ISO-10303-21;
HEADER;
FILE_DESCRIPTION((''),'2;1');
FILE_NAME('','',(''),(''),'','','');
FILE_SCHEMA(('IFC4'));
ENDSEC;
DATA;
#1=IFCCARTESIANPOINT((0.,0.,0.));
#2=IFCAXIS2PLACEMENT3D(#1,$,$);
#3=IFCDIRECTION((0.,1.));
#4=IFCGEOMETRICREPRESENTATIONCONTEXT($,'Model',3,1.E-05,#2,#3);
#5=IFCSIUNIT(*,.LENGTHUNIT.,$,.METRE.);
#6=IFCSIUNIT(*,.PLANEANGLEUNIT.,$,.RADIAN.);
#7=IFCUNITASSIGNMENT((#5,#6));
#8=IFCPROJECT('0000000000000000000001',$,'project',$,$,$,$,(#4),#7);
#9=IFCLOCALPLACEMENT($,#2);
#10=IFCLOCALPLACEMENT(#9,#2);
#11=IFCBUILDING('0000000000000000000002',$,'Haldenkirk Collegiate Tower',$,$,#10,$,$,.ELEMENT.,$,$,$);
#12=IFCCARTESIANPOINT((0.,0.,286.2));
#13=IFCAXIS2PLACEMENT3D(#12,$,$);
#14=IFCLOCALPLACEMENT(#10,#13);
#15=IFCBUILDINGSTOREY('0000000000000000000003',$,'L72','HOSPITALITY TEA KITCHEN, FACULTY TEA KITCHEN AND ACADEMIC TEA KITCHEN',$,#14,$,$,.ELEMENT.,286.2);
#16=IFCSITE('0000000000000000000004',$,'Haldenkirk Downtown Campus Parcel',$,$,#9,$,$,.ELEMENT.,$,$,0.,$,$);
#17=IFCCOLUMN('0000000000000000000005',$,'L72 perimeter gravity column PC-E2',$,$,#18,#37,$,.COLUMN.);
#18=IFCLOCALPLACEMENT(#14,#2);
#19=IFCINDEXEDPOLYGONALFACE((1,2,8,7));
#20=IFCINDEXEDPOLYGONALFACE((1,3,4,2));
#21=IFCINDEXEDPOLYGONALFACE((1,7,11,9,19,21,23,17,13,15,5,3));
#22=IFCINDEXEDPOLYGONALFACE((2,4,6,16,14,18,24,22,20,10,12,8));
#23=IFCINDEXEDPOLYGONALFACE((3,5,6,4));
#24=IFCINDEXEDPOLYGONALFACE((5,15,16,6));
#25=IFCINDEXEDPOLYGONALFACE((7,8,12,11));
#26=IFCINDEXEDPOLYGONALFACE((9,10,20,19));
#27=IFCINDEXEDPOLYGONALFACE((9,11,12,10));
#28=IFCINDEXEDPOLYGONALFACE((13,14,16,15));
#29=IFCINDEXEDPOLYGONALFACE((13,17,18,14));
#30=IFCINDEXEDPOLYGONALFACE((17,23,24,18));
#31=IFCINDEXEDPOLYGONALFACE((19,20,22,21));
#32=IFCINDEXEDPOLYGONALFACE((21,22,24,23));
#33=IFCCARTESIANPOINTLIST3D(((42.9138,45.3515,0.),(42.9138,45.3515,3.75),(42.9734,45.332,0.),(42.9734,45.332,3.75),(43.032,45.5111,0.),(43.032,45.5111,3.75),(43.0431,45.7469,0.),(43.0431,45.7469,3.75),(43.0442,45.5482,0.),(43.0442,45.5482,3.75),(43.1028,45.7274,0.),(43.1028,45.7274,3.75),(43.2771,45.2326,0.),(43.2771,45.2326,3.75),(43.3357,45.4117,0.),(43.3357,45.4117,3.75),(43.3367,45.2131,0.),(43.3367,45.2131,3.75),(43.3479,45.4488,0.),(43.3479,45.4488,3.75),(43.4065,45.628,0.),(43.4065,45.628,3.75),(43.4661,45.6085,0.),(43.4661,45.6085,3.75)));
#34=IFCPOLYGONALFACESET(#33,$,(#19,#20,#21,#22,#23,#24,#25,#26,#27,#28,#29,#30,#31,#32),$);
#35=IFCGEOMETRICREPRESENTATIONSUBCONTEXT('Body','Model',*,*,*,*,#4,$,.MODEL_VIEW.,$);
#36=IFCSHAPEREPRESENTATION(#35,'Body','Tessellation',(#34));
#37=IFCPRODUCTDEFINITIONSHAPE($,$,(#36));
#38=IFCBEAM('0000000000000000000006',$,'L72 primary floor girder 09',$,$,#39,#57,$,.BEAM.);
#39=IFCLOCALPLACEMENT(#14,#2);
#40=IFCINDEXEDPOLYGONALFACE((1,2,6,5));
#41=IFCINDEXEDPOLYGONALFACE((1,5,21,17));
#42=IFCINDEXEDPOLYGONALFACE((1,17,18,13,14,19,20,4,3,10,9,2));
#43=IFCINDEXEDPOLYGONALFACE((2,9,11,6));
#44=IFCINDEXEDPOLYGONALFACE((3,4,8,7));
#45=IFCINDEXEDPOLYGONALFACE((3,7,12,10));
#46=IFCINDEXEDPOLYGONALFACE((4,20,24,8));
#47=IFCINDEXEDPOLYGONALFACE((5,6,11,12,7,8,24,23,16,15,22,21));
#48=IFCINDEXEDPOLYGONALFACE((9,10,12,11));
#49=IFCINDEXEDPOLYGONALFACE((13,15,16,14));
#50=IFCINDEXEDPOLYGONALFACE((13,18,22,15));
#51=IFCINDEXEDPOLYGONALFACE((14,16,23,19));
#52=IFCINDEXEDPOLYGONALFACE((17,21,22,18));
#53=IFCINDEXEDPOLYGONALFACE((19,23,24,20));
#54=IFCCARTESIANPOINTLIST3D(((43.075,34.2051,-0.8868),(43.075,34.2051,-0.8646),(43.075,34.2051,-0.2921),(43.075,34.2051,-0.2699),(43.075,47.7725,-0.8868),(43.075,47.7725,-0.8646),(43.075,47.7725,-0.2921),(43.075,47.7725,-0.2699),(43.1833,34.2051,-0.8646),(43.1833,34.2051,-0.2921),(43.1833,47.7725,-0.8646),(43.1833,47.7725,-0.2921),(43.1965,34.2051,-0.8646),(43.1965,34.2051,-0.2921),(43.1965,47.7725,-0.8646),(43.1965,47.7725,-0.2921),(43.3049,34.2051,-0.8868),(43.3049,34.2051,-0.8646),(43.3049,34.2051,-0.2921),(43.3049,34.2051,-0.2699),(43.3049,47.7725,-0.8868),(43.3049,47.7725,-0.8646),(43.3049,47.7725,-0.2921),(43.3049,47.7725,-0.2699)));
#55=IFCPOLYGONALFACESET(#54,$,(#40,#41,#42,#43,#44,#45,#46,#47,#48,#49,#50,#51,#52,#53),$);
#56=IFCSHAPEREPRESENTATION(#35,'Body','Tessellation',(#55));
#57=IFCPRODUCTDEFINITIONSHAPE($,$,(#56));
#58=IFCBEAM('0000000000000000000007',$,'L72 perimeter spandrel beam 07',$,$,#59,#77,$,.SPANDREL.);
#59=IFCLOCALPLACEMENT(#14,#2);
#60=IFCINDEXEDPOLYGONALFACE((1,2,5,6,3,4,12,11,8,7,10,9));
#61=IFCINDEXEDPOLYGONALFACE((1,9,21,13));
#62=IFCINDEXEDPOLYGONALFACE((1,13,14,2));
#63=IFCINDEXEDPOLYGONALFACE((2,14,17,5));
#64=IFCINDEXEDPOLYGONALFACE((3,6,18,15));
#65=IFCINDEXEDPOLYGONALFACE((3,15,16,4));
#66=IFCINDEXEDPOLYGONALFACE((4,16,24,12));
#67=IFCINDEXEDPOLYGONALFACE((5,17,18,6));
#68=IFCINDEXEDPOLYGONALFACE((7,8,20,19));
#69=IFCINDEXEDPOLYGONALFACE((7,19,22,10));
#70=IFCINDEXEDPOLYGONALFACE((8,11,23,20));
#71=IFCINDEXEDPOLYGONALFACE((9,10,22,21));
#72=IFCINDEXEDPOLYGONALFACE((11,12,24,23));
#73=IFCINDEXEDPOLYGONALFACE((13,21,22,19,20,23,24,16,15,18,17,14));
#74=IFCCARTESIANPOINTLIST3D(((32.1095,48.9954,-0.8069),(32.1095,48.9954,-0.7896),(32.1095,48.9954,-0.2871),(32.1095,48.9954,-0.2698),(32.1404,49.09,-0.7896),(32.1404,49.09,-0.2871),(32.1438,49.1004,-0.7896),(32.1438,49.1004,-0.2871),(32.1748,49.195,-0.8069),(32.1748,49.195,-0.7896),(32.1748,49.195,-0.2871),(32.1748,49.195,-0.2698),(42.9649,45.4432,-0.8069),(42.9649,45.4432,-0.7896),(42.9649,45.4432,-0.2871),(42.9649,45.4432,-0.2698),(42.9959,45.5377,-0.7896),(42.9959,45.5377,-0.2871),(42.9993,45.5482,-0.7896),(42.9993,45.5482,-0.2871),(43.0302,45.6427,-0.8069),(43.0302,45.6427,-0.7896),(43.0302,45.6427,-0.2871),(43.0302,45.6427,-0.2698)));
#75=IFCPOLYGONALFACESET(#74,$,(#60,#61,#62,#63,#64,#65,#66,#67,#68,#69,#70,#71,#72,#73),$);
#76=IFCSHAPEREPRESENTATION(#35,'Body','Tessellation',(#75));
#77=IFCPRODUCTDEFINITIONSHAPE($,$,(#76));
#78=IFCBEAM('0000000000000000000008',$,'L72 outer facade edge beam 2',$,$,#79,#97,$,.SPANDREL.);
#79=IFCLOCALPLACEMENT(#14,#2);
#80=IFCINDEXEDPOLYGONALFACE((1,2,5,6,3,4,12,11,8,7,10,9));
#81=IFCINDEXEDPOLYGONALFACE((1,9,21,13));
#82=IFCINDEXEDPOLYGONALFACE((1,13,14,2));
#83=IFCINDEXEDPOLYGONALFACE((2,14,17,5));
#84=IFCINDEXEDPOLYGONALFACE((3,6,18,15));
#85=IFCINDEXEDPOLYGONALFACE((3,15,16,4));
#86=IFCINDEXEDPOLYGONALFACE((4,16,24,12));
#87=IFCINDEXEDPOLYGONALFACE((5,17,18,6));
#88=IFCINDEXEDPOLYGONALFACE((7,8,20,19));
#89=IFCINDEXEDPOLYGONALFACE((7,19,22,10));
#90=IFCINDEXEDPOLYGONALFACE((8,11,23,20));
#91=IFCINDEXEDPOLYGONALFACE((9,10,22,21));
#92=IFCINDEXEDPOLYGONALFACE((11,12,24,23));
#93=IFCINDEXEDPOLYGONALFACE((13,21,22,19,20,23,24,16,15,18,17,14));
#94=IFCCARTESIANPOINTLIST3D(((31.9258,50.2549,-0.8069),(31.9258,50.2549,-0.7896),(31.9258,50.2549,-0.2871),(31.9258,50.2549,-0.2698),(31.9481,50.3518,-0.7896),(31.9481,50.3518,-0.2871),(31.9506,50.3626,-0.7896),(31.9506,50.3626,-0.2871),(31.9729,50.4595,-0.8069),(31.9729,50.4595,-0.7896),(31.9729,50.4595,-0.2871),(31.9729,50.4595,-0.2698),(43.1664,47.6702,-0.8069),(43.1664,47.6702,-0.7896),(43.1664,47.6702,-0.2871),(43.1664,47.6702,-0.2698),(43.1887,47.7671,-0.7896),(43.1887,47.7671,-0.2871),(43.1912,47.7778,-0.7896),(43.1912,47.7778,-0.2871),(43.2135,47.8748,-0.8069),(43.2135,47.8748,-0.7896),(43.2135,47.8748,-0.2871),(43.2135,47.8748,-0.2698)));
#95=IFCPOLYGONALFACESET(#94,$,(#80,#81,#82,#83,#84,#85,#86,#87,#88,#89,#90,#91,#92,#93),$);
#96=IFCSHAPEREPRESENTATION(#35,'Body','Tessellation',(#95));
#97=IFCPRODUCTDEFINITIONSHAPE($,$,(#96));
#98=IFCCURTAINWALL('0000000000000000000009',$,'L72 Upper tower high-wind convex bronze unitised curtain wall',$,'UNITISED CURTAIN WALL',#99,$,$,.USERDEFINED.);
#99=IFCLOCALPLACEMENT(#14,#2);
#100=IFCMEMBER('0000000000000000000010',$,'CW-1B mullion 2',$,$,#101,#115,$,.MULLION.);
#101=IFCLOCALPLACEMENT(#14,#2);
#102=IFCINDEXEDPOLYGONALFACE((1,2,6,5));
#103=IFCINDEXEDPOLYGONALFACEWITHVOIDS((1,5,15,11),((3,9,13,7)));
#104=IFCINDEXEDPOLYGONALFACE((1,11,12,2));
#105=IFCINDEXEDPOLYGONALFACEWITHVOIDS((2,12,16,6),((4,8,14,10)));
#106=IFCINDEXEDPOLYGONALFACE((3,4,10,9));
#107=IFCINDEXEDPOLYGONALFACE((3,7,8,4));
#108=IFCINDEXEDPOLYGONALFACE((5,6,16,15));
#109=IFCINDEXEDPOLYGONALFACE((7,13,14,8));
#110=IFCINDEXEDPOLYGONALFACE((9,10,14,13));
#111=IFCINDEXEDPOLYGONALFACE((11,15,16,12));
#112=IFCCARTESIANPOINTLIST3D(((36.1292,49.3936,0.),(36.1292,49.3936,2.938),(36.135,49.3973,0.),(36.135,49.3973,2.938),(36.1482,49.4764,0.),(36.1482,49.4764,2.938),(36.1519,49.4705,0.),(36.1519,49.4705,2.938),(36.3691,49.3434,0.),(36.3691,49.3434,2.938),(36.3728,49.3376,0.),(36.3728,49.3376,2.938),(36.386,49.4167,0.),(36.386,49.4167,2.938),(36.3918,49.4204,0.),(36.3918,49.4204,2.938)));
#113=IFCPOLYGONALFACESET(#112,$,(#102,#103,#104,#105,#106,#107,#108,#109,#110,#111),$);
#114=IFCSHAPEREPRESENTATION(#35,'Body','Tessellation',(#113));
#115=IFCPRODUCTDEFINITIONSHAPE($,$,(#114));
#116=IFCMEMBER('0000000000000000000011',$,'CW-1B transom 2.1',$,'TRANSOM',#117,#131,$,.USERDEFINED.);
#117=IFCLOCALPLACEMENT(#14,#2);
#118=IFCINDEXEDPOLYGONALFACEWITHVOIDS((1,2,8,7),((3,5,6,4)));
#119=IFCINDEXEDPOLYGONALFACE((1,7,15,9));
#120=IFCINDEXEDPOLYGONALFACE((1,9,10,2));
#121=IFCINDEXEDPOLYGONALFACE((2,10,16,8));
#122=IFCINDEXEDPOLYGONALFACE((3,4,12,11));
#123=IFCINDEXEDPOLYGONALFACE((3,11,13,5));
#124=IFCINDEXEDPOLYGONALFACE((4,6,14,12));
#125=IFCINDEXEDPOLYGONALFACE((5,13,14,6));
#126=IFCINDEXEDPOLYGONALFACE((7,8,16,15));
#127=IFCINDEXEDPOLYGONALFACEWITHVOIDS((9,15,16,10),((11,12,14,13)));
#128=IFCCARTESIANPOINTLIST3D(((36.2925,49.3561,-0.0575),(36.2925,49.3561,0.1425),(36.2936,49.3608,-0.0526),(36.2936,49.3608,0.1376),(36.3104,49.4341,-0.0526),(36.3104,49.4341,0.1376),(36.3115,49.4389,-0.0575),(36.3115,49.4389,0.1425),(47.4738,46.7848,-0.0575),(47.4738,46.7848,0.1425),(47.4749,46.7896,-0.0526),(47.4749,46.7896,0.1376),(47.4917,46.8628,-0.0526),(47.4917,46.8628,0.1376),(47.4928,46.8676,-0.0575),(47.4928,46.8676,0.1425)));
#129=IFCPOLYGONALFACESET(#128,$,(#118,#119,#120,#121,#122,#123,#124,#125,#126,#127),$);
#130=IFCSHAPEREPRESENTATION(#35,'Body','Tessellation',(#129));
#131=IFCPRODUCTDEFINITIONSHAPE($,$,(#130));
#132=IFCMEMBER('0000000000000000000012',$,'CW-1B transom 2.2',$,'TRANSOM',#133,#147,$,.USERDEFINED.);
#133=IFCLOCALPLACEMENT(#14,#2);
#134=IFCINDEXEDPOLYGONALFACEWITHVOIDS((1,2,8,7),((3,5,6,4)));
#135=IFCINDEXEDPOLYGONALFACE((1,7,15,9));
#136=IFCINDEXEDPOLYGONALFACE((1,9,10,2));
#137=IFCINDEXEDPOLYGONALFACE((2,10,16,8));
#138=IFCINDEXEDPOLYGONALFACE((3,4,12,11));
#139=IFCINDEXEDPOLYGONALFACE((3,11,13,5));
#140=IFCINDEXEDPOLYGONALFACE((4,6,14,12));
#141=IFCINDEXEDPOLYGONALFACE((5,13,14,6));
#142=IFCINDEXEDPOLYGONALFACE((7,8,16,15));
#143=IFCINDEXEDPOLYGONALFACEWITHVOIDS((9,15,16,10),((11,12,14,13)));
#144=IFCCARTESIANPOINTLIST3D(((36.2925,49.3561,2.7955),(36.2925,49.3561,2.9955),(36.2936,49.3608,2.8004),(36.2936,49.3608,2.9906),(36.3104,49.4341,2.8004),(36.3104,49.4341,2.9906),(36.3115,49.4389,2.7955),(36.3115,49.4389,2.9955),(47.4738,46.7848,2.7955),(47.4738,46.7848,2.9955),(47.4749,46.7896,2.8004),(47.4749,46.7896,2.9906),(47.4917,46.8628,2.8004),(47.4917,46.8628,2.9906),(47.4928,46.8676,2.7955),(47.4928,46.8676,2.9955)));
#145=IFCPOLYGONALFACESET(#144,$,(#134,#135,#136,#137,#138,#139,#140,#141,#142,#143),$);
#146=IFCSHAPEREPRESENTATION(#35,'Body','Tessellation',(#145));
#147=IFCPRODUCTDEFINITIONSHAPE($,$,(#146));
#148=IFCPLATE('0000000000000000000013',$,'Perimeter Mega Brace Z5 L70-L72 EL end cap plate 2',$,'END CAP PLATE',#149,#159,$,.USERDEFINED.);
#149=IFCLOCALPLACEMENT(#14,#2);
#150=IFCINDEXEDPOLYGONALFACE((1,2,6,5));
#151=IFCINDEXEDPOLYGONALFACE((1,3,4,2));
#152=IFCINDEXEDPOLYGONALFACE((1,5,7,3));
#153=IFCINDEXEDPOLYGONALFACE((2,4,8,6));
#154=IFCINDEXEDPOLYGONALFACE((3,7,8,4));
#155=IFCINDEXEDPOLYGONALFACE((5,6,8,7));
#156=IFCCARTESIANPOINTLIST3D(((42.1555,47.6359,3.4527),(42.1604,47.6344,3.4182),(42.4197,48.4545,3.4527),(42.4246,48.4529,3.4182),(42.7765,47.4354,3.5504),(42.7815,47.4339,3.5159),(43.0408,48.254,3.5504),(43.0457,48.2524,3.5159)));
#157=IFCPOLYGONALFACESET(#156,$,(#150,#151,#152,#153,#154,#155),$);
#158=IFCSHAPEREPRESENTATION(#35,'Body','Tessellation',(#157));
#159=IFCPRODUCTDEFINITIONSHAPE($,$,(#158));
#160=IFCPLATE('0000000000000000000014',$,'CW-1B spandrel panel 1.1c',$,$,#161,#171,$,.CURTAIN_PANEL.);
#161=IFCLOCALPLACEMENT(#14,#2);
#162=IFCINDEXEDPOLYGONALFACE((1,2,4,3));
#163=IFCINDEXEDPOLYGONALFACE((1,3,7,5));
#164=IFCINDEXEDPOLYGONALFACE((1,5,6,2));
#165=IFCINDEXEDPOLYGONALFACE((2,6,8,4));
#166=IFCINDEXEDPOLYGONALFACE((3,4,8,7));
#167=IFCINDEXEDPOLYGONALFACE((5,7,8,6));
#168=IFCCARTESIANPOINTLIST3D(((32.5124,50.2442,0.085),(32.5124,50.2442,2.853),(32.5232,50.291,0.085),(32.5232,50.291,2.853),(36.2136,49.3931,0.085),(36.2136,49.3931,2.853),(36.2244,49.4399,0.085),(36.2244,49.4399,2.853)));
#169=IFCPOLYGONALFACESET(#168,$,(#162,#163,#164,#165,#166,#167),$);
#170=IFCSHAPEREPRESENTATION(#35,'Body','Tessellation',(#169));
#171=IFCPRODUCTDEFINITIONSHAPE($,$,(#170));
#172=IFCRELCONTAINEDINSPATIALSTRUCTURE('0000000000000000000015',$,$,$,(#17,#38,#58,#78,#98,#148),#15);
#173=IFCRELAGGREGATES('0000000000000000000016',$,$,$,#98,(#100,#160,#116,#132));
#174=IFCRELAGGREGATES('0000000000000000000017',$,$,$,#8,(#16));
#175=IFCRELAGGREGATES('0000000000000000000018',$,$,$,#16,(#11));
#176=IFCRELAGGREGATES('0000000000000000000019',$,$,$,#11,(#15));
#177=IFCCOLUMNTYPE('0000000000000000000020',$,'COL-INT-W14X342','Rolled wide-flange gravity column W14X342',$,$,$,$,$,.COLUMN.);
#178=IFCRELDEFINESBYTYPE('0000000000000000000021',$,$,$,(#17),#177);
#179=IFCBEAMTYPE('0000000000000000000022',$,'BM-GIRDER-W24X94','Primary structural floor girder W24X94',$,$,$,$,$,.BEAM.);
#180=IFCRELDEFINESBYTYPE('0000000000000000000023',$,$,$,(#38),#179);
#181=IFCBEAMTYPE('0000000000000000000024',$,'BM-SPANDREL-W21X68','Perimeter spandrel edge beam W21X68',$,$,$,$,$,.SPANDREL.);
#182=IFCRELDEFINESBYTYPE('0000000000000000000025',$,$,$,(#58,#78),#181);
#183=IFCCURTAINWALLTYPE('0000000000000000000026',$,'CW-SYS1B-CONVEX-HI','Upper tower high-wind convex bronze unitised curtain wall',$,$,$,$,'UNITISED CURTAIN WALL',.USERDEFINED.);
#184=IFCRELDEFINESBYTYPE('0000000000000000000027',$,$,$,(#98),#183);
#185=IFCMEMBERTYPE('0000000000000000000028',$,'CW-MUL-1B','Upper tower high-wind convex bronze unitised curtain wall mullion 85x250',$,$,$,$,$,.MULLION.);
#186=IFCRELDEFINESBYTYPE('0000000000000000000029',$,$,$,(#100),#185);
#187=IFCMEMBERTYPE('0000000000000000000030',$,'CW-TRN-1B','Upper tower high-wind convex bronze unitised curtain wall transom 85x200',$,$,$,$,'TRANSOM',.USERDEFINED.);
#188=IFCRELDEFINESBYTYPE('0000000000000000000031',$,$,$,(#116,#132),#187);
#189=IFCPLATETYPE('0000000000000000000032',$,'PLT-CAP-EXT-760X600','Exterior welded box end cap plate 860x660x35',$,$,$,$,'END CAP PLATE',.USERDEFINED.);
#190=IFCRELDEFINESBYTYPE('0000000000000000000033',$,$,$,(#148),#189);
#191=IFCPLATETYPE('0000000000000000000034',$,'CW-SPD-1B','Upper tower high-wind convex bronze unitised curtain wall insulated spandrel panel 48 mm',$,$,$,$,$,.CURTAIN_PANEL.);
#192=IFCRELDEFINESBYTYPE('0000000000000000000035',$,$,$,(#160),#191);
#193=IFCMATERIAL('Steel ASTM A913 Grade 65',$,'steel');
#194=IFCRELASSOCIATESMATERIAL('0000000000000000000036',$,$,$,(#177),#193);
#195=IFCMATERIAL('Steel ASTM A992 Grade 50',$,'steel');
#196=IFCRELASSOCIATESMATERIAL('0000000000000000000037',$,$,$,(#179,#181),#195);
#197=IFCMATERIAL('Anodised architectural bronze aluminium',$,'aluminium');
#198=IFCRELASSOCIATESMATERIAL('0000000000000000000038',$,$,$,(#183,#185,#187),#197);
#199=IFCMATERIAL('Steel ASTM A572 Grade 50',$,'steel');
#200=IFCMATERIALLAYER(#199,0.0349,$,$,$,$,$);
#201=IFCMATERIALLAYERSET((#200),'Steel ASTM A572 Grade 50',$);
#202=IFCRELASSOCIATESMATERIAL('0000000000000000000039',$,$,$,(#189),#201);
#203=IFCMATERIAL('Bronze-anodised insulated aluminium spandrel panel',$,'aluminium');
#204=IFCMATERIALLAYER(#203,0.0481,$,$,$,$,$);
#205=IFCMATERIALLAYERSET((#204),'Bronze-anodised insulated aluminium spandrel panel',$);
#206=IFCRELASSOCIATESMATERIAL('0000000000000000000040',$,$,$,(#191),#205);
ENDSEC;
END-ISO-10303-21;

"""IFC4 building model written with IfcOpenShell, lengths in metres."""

from ifc_helpers import new_model, si_unit, direction, frame, origin, origin_2d, place, context, subcontext, project, spatial, rectangle, hollow_rectangle, i_section, extrude, source, transform, mapped, material, layer, layer_set, material_profile, profile_set, type_object, element, aggregate, save


model = new_model("IFC4")

# Units and contexts
model_context = context("Model", 3, precision=1e-05, world=origin(), true_north=direction((0.0, 1.0)))
body_context = subcontext(model_context, "Body", "Model", "MODEL_VIEW")
ifc_project = project(units=[si_unit("LENGTHUNIT", "METRE"), si_unit("PLANEANGLEUNIT", "RADIAN")], contexts=[model_context])

# Site, building, storey
site_placement = place(None, origin())
site = spatial("IfcSite", under=ifc_project, at=site_placement, Name="Haldenkirk Downtown Campus Parcel", CompositionType="ELEMENT", RefElevation=0.0)
building_placement = place(site_placement, origin())
building = spatial("IfcBuilding", under=site, at=building_placement, Name="Haldenkirk Collegiate Tower", CompositionType="ELEMENT")
storey_placement = place(building_placement, frame((0.0, 0.0, 286.2)))
storey = spatial("IfcBuildingStorey", under=building, at=storey_placement, Name="L72", Description="HOSPITALITY TEA KITCHEN, FACULTY TEA KITCHEN AND ACADEMIC TEA KITCHEN", CompositionType="ELEMENT", Elevation=286.2)

# Column
ifc_material_1 = material(Name="Steel ASTM A913 Grade 65", Category="steel")
ifc_material_profile_1 = material_profile(ifc_material_1, i_section(OverallWidth=0.416, OverallDepth=0.4451, WebThickness=0.0391, FlangeThickness=0.0627, at=origin_2d()), Name="W14X342")
ifc_profile_set_1 = profile_set([ifc_material_profile_1], Name="Steel ASTM A913 Grade 65")
column_type = type_object("IfcColumnType", Name="COL-INT-W14X342", Description="Rolled wide-flange gravity column W14X342", PredefinedType="COLUMN", material=ifc_profile_set_1)
column_placement = place(storey_placement, frame((43.1899, 45.48, 0.0), z_axis=(0.0, 0.0, 1.0), x_axis=(0.311008, 0.950407, 0.0)))
element("IfcColumn", 1, at=column_placement, inside=storey, type_object=column_type, Name="L72 perimeter gravity column PC-E2", PredefinedType="COLUMN", context=body_context, shape_type="SweptSolid", body=[
    extrude(i_section(OverallWidth=0.416, OverallDepth=0.4451, WebThickness=0.0391, FlangeThickness=0.0627, at=origin_2d()), origin(), (0.0, 0.0, 1.0), 3.75),
])

# Beams
ifc_material_2 = material(Name="Steel ASTM A992 Grade 50", Category="steel")
ifc_material_profile_2 = material_profile(ifc_material_2, i_section(OverallWidth=0.23, OverallDepth=0.6169, WebThickness=0.0132, FlangeThickness=0.0222, at=origin_2d()), Name="W24X94")
ifc_profile_set_2 = profile_set([ifc_material_profile_2], Name="Steel ASTM A992 Grade 50")
beam_type_1 = type_object("IfcBeamType", Name="BM-GIRDER-W24X94", Description="Primary structural floor girder W24X94", PredefinedType="BEAM", material=ifc_profile_set_2)
beam_1_placement = place(storey_placement, frame((43.1899, 47.7725, -0.5784), z_axis=(0.0, -1.0, 0.0), x_axis=(1.0, 0.0, 0.0)))
element("IfcBeam", 2, at=beam_1_placement, inside=storey, type_object=beam_type_1, Name="L72 primary floor girder 09", PredefinedType="BEAM", context=body_context, shape_type="SweptSolid", body=[
    extrude(i_section(OverallWidth=0.23, OverallDepth=0.6169, WebThickness=0.0132, FlangeThickness=0.0222, at=origin_2d()), origin(), (0.0, 0.0, 1.0), 13.5674),
])
ifc_material_profile_3 = material_profile(ifc_material_2, i_section(OverallWidth=0.21, OverallDepth=0.5371, WebThickness=0.011, FlangeThickness=0.0173, at=origin_2d()), Name="W21X68")
ifc_profile_set_3 = profile_set([ifc_material_profile_3], Name="Steel ASTM A992 Grade 50")
beam_type_2 = type_object("IfcBeamType", Name="BM-SPANDREL-W21X68", Description="Perimeter spandrel edge beam W21X68", PredefinedType="SPANDREL", material=ifc_profile_set_3)
beam_2_placement = place(storey_placement, frame((42.9976, 45.543, -0.5383), z_axis=(-0.950409, 0.311003, 0.0), x_axis=(-0.311003, -0.950409, 0.0)))
element("IfcBeam", 3, at=beam_2_placement, inside=storey, type_object=beam_type_2, Name="L72 perimeter spandrel beam 07", PredefinedType="SPANDREL", context=body_context, shape_type="SweptSolid", body=[
    extrude(i_section(OverallWidth=0.21, OverallDepth=0.5371, WebThickness=0.011, FlangeThickness=0.0173, at=origin_2d()), origin(), (0.0, 0.0, 1.0), 11.4219),
])
beam_3_placement = place(storey_placement, frame((43.1899, 47.7725, -0.5383), z_axis=(-0.974566, 0.224099, 0.0), x_axis=(-0.224099, -0.974566, 0.0)))
element("IfcBeam", 4, at=beam_3_placement, inside=storey, type_object=beam_type_2, Name="L72 outer facade edge beam 2", PredefinedType="SPANDREL", context=body_context, shape_type="SweptSolid", body=[
    extrude(i_section(OverallWidth=0.21, OverallDepth=0.5371, WebThickness=0.011, FlangeThickness=0.0173, at=origin_2d()), origin(), (0.0, 0.0, 1.0), 11.5339),
])

# Curtain wall, members
ifc_material_3 = material(Name="Anodised architectural bronze aluminium", Category="aluminium")
curtain_wall_type = type_object("IfcCurtainWallType", Name="CW-SYS1B-CONVEX-HI", Description="Upper tower high-wind convex bronze unitised curtain wall", ElementType="UNITISED CURTAIN WALL", PredefinedType="USERDEFINED", material=ifc_material_3)
curtain_wall_placement = place(storey_placement, origin())
curtain_wall = element("IfcCurtainWall", 5, at=curtain_wall_placement, inside=storey, type_object=curtain_wall_type, Name="L72 Upper tower high-wind convex bronze unitised curtain wall", ObjectType="UNITISED CURTAIN WALL", PredefinedType="USERDEFINED")
ifc_material_profile_4 = material_profile(ifc_material_3, hollow_rectangle(XDim=0.085, YDim=0.25, WallThickness=0.0049, at=origin_2d()), Name="CW-MUL-1B")
ifc_profile_set_4 = profile_set([ifc_material_profile_4], Name="Anodised architectural bronze aluminium")
member_type_1 = type_object("IfcMemberType", Name="CW-MUL-1B", Description="Upper tower high-wind convex bronze unitised curtain wall mullion 85x250", PredefinedType="MULLION", material=ifc_profile_set_4)
member_1_placement = place(storey_placement, frame((36.2605, 49.407, 0.0), z_axis=(0.0, 0.0, 1.0), x_axis=(0.224101, 0.974566, 0.0)))
member_1 = element("IfcMember", 6, at=member_1_placement, type_object=member_type_1, Name="CW-1B mullion 2", PredefinedType="MULLION", context=body_context, shape_type="SweptSolid", body=[
    extrude(hollow_rectangle(XDim=0.085, YDim=0.25, WallThickness=0.0049, at=origin_2d()), origin(), (0.0, 0.0, 1.0), 2.938),
])
ifc_material_profile_5 = material_profile(ifc_material_3, hollow_rectangle(XDim=0.085, YDim=0.2, WallThickness=0.0049, at=origin_2d()), Name="CW-TRN-1B")
ifc_profile_set_5 = profile_set([ifc_material_profile_5], Name="Anodised architectural bronze aluminium")
member_type_2 = type_object("IfcMemberType", Name="CW-TRN-1B", Description="Upper tower high-wind convex bronze unitised curtain wall transom 85x200", ElementType="TRANSOM", PredefinedType="USERDEFINED", material=ifc_profile_set_5)
member_2_placement = place(storey_placement, frame((36.302, 49.3975, 0.0425), z_axis=(0.974563, -0.224112, 0.0), x_axis=(0.224112, 0.974563, 0.0)))
member_2 = element("IfcMember", 7, at=member_2_placement, type_object=member_type_2, Name="CW-1B transom 2.1", ObjectType="TRANSOM", PredefinedType="USERDEFINED", context=body_context, shape_type="SweptSolid", body=[
    extrude(hollow_rectangle(XDim=0.085, YDim=0.2, WallThickness=0.0049, at=origin_2d()), origin(), (0.0, 0.0, 1.0), 11.4731),
])
member_3_placement = place(storey_placement, frame((36.302, 49.3975, 2.8955), z_axis=(0.974563, -0.224112, 0.0), x_axis=(0.224112, 0.974563, 0.0)))
member_3 = element("IfcMember", 8, at=member_3_placement, type_object=member_type_2, Name="CW-1B transom 2.2", ObjectType="TRANSOM", PredefinedType="USERDEFINED", context=body_context, shape_type="SweptSolid", body=[
    extrude(hollow_rectangle(XDim=0.085, YDim=0.2, WallThickness=0.0049, at=origin_2d()), origin(), (0.0, 0.0, 1.0), 11.4731),
])

# Plates
ifc_material_4 = material(Name="Steel ASTM A572 Grade 50", Category="steel")
ifc_layer_1 = layer(ifc_material_4, 0.0349)
ifc_layer_set_1 = layer_set([ifc_layer_1], Name="Steel ASTM A572 Grade 50")
plate_type_1 = type_object("IfcPlateType", Name="PLT-CAP-EXT-760X600", Description="Exterior welded box end cap plate 860x660x35", ElementType="END CAP PLATE", PredefinedType="USERDEFINED", material=ifc_layer_set_1)
shared_shape_1 = source(origin(), body_context, "Body", "SweptSolid", [
    extrude(rectangle(XDim=0.8601, YDim=0.6599, at=origin_2d()), origin(), (0.0, 0.0, 1.0), 0.0349),
])
plate_1_placement = place(storey_placement, frame((42.603, 47.9434, 3.467), z_axis=(-0.140815, 0.045458, 0.988992), x_axis=(-0.307213, -0.951641, 0.0)))
element("IfcPlate", 9, at=plate_1_placement, inside=storey, type_object=plate_type_1, Name="Perimeter Mega Brace Z5 L70-L72 EL end cap plate 2", ObjectType="END CAP PLATE", PredefinedType="USERDEFINED", context=body_context, shape_type="MappedRepresentation", body=[
    mapped(shared_shape_1, transform((0.0, 0.0, 0.0), x_axis=(1.0, 0.0, 0.0), y_axis=(0.0, 1.0, 0.0), z_axis=(0.0, 0.0, 1.0), scale=1.0)),
])
ifc_material_5 = material(Name="Bronze-anodised insulated aluminium spandrel panel", Category="aluminium")
ifc_layer_2 = layer(ifc_material_5, 0.0481)
ifc_layer_set_2 = layer_set([ifc_layer_2], Name="Bronze-anodised insulated aluminium spandrel panel")
plate_type_2 = type_object("IfcPlateType", Name="CW-SPD-1B", Description="Upper tower high-wind convex bronze unitised curtain wall insulated spandrel panel 48 mm", PredefinedType="CURTAIN_PANEL", material=ifc_layer_set_2)
shared_shape_2 = source(origin(), body_context, "Body", "SweptSolid", [
    extrude(rectangle(XDim=3.7979, YDim=0.0481, at=origin_2d()), origin(), (0.0, 0.0, 1.0), 2.7681),
])
plate_2_placement = place(storey_placement, frame((34.3684, 49.842, 0.085), z_axis=(0.0, 0.0, 1.0), x_axis=(0.974566, -0.224101, 0.0)))
plate_2 = element("IfcPlate", 10, at=plate_2_placement, type_object=plate_type_2, Name="CW-1B spandrel panel 1.1c", PredefinedType="CURTAIN_PANEL", context=body_context, shape_type="MappedRepresentation", body=[
    mapped(shared_shape_2, transform((0.0, 0.0, 0.0), x_axis=(1.0, 0.0, 0.0), y_axis=(0.0, 1.0, 0.0), z_axis=(0.0, 0.0, 1.0), scale=1.0)),
])
aggregate(curtain_wall, [member_1, plate_2, member_2, member_3])

save(model, "model.ifc")
